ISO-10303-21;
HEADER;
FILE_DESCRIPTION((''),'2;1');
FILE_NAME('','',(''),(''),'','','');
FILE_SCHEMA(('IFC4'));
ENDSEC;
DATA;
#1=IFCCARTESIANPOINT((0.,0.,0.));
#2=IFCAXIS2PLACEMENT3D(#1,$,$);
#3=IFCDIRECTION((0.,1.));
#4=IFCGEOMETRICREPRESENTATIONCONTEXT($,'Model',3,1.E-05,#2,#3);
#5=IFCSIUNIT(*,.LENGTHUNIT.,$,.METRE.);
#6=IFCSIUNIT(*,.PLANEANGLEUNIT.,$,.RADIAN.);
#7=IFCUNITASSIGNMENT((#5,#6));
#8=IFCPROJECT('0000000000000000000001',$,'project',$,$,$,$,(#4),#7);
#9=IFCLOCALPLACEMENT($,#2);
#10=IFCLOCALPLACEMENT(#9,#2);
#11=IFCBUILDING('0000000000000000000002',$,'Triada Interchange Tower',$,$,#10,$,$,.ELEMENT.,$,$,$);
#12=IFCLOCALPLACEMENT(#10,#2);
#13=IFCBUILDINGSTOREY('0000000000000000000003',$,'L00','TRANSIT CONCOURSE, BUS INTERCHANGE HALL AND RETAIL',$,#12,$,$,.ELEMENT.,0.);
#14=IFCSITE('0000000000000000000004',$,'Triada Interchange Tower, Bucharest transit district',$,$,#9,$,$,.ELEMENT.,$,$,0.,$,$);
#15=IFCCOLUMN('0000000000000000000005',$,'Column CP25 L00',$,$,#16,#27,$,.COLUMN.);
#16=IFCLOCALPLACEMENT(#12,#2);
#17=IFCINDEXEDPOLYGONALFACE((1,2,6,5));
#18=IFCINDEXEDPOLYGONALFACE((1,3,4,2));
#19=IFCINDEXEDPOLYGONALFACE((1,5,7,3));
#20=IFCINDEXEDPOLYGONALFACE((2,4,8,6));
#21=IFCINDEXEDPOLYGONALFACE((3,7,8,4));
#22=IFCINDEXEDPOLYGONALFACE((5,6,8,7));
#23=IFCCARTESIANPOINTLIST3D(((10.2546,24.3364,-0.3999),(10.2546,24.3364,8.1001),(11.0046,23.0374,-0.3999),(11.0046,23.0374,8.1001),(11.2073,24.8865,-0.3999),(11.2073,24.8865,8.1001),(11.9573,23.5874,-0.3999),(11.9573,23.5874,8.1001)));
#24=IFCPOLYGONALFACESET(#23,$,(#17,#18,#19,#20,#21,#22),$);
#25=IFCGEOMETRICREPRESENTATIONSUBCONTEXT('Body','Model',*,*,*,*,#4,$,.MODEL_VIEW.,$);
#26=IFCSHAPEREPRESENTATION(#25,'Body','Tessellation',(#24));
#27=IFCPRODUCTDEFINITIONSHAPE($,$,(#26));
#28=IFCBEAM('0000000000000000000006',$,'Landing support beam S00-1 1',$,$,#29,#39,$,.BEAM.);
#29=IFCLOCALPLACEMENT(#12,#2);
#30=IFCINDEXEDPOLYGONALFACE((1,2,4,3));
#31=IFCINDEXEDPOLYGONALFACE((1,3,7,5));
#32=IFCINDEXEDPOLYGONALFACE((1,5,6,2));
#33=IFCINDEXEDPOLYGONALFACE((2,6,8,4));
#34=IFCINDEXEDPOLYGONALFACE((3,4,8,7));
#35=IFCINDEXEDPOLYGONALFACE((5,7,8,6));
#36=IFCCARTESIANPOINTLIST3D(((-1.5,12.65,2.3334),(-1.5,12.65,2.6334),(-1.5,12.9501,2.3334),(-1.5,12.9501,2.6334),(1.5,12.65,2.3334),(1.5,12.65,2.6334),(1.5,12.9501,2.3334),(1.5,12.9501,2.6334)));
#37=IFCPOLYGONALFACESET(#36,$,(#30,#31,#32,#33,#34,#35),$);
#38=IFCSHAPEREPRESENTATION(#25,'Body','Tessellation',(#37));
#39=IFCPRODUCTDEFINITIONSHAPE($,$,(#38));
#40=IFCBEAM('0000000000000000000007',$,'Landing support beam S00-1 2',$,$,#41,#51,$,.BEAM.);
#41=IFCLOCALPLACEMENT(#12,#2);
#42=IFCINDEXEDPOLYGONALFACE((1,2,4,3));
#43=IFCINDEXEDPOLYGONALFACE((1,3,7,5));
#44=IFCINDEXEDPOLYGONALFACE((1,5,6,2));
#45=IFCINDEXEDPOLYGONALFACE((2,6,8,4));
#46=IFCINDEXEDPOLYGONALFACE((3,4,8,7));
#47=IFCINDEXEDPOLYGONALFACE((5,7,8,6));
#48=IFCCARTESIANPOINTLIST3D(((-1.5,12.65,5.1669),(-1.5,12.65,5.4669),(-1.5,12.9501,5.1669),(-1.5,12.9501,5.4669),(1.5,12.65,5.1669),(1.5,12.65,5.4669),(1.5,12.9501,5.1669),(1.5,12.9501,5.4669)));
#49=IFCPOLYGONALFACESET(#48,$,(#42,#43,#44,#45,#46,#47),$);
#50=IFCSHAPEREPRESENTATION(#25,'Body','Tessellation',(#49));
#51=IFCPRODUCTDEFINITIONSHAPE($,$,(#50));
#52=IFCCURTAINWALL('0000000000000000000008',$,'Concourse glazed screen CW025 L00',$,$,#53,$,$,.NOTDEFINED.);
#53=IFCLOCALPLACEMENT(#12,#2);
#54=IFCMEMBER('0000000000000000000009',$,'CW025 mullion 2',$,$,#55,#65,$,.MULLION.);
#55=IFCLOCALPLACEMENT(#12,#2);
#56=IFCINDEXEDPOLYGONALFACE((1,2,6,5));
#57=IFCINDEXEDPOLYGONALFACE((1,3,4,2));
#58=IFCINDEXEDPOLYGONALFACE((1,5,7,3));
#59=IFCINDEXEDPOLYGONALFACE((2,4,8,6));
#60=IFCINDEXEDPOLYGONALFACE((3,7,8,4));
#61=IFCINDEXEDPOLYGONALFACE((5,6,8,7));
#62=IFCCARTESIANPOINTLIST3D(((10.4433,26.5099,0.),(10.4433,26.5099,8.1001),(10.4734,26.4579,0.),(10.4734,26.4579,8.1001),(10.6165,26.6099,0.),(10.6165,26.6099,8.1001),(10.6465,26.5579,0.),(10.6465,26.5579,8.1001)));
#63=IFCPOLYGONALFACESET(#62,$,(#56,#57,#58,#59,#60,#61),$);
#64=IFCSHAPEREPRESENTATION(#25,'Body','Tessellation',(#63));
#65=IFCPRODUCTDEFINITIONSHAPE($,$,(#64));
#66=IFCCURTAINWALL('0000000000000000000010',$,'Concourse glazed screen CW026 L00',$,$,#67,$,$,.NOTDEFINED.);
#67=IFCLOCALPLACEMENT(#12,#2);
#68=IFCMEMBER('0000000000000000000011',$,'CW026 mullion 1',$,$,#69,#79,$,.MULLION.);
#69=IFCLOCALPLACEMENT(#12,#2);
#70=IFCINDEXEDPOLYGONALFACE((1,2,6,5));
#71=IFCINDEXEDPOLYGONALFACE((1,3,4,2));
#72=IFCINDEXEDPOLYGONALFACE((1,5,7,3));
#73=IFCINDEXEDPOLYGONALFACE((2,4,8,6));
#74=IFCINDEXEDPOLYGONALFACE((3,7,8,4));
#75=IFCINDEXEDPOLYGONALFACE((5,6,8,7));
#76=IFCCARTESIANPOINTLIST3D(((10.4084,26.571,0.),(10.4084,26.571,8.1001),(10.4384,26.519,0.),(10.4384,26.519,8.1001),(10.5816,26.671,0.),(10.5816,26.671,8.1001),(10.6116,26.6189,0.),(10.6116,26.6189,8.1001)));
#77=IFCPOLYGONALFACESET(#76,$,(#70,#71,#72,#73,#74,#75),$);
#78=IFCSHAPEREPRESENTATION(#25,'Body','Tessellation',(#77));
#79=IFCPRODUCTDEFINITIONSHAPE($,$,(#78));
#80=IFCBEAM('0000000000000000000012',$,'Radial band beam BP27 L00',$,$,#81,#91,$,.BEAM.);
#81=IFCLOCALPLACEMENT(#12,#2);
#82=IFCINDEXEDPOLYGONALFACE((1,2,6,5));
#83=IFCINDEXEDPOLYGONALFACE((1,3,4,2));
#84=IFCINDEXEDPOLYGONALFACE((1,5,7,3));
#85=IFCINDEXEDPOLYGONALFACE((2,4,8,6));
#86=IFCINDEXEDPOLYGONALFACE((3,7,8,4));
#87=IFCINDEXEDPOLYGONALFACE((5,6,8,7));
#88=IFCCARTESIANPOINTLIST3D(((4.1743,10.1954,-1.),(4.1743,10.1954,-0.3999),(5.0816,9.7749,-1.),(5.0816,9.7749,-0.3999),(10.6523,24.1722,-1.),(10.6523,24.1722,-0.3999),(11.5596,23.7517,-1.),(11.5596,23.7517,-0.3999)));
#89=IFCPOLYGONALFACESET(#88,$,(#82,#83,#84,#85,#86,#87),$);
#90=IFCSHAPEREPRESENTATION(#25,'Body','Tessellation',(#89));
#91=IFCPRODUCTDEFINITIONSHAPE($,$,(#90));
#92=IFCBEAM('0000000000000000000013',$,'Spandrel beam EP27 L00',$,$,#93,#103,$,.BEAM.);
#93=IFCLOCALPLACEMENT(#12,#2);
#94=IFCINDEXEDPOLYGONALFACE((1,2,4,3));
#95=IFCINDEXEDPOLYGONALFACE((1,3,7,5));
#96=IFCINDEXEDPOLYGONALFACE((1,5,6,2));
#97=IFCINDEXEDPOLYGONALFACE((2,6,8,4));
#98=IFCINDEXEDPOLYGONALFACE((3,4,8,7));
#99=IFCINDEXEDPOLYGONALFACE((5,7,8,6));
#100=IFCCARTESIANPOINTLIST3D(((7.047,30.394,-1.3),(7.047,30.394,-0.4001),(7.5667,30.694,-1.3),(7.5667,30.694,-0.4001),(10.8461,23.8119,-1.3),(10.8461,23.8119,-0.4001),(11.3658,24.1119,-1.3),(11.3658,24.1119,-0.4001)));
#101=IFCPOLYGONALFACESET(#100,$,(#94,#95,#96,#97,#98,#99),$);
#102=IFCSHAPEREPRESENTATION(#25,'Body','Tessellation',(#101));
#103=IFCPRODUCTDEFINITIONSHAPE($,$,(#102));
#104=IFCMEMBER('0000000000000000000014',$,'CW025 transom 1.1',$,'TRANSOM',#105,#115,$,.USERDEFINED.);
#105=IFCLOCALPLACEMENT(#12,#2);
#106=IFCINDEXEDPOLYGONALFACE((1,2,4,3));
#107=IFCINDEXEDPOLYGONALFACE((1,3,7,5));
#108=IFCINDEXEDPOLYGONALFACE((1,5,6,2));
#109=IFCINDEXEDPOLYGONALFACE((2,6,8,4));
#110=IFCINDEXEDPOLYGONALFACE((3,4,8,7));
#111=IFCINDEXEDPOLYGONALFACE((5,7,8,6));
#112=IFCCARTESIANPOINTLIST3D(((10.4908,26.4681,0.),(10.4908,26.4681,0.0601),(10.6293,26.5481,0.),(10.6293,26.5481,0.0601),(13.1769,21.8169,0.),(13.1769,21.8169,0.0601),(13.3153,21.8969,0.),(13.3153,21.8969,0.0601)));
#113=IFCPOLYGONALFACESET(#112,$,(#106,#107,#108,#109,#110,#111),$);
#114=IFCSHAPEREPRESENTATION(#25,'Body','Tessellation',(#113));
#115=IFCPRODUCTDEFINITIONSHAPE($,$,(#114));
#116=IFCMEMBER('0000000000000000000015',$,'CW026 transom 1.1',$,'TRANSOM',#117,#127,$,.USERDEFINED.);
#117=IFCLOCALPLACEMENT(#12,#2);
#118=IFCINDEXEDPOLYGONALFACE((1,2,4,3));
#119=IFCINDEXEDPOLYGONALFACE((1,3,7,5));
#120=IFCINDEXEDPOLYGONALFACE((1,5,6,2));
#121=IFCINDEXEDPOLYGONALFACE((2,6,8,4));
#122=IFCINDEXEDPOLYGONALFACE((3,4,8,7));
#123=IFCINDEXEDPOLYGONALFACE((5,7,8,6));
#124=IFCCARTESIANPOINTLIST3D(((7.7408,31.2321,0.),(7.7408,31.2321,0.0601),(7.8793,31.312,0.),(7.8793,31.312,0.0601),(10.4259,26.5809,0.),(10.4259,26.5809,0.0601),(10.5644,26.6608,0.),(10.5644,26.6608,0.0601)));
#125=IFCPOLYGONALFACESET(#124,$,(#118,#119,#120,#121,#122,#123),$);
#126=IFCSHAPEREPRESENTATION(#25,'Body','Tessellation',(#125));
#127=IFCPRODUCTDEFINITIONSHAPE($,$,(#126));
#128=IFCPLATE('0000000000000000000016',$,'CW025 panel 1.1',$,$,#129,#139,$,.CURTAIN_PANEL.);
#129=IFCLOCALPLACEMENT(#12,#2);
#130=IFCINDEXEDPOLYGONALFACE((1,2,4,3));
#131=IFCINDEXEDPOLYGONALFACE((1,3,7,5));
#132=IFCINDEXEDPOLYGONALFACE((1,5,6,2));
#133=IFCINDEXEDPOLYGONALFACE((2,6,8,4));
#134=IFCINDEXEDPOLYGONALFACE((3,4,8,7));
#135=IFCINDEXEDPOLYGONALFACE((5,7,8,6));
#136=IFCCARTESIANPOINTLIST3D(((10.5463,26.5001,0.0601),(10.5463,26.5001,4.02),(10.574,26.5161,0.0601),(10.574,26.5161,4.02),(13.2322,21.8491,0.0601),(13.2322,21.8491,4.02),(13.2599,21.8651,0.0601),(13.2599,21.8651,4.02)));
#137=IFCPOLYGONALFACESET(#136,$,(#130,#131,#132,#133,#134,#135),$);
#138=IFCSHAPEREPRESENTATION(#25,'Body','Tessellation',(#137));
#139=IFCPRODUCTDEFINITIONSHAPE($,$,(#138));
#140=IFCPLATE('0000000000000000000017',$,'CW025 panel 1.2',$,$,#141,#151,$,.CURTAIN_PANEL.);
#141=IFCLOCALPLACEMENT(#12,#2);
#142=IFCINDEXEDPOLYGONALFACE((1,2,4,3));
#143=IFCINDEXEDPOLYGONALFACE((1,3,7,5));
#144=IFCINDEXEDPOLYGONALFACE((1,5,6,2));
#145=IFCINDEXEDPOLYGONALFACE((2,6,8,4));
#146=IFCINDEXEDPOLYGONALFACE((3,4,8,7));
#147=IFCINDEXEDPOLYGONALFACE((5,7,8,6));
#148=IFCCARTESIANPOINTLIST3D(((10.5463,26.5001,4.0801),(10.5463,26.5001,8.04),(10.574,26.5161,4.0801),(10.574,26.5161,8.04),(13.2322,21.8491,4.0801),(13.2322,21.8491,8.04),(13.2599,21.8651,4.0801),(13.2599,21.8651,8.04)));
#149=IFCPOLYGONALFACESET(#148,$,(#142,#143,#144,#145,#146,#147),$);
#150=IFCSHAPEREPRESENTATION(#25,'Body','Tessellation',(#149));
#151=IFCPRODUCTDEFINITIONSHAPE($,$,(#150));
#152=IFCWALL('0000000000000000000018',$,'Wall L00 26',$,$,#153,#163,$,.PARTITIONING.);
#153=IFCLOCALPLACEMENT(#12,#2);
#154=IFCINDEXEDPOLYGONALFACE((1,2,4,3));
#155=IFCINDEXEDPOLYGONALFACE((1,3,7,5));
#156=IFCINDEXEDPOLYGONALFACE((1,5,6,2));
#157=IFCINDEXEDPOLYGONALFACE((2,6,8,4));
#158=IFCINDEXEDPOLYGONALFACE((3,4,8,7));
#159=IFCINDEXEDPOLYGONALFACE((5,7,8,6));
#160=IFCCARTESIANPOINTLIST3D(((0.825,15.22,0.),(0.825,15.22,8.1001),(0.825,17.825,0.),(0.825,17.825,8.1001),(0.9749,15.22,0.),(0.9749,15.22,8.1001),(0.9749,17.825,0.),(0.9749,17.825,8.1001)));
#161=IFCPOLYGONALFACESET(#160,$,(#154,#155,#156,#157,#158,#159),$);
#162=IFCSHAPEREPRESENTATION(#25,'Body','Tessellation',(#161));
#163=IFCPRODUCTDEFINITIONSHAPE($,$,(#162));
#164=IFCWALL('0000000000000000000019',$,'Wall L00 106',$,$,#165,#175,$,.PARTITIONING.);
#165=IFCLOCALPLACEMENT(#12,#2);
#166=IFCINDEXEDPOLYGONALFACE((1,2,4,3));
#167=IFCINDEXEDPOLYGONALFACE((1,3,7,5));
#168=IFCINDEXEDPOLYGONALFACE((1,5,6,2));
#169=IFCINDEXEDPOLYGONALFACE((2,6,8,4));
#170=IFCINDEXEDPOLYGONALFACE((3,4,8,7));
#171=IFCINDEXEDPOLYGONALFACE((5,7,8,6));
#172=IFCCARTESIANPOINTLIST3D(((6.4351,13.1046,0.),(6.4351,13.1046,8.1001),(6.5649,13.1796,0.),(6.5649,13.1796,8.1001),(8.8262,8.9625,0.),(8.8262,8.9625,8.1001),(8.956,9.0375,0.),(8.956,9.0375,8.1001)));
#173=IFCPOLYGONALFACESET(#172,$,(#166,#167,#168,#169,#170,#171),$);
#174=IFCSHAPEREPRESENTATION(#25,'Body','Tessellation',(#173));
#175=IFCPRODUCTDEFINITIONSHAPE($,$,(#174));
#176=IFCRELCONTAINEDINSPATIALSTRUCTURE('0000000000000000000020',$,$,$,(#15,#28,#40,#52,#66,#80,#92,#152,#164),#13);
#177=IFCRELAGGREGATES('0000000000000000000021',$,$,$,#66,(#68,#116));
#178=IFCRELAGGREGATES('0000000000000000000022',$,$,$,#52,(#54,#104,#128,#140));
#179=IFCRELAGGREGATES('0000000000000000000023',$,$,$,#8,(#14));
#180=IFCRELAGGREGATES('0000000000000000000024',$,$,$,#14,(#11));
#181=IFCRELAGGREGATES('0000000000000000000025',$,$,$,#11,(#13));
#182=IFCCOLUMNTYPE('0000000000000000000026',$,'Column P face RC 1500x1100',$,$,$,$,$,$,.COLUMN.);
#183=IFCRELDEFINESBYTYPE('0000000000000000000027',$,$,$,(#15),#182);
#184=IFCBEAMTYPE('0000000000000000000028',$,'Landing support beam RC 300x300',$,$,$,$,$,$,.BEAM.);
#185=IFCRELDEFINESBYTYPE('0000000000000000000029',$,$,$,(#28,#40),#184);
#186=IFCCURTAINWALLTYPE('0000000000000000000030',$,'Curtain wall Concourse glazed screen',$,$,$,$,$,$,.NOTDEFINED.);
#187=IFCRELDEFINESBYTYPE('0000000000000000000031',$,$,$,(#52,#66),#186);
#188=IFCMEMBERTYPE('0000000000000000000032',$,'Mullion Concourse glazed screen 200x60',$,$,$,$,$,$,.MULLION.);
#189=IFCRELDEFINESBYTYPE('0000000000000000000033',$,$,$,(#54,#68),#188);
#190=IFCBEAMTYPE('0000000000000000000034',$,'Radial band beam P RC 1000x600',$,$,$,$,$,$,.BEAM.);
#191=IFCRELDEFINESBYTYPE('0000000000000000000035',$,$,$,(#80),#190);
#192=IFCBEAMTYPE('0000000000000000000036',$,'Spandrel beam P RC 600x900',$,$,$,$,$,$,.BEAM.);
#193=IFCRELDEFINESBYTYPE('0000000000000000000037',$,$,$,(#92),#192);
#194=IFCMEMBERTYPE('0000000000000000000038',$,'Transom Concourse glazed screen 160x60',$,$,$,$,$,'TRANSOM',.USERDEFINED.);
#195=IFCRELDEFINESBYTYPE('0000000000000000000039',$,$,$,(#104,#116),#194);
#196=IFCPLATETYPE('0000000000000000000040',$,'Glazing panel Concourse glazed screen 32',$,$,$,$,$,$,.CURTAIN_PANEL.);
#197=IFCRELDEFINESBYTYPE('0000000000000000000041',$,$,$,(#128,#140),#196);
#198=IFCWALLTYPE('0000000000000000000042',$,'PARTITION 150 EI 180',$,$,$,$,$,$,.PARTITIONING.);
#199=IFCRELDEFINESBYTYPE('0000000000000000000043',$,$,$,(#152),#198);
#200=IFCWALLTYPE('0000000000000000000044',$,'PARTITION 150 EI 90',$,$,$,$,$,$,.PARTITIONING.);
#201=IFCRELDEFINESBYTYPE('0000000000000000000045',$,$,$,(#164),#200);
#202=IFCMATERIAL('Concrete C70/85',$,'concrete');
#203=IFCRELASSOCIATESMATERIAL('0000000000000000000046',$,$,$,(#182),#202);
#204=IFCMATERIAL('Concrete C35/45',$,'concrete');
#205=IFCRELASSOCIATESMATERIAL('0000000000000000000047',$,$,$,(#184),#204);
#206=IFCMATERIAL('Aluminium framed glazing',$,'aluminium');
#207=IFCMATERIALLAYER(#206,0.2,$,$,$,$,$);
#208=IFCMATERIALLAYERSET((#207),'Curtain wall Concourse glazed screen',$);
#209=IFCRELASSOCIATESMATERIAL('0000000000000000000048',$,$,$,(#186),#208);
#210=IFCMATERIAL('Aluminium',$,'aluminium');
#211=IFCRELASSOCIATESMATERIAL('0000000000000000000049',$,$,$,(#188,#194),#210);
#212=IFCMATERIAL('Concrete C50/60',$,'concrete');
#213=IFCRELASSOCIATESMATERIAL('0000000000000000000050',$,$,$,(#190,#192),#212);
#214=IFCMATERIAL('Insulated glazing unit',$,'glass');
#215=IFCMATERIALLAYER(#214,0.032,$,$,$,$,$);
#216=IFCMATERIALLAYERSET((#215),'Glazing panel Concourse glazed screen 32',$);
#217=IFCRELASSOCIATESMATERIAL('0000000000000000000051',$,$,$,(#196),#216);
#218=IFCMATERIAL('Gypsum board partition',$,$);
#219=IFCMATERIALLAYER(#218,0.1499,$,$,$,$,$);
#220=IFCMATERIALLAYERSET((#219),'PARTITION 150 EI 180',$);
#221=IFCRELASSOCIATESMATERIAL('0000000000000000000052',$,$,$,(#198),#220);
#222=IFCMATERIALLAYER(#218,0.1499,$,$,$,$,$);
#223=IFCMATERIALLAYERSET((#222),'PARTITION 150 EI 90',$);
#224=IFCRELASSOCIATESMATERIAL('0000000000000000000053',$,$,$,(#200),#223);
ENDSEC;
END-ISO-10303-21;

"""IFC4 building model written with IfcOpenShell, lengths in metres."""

from ifc_helpers import new_model, si_unit, direction, frame, frame_2d, origin, origin_2d, place, context, subcontext, project, spatial, rectangle, extrude, material, layer, layer_set, material_profile, profile_set, type_object, element, aggregate, save


model = new_model("IFC4")

# Units and contexts
model_context = context("Model", 3, precision=1e-05, world=origin(), true_north=direction((0.0, 1.0)))
body_context = subcontext(model_context, "Body", "Model", "MODEL_VIEW")
ifc_project = project(units=[si_unit("LENGTHUNIT", "METRE"), si_unit("PLANEANGLEUNIT", "RADIAN")], contexts=[model_context])

# Site, building, storey
site_placement = place(None, origin())
site = spatial("IfcSite", under=ifc_project, at=site_placement, Name="Triada Interchange Tower, Bucharest transit district", CompositionType="ELEMENT", RefElevation=0.0)
building_placement = place(site_placement, origin())
building = spatial("IfcBuilding", under=site, at=building_placement, Name="Triada Interchange Tower", CompositionType="ELEMENT")
storey_placement = place(building_placement, origin())
storey = spatial("IfcBuildingStorey", under=building, at=storey_placement, Name="L00", Description="TRANSIT CONCOURSE, BUS INTERCHANGE HALL AND RETAIL", CompositionType="ELEMENT", Elevation=0.0)

# Column
ifc_material_1 = material(Name="Concrete C70/85", Category="concrete")
ifc_material_profile_1 = material_profile(ifc_material_1, rectangle(XDim=1.5, YDim=1.1001, at=origin_2d()), Name="RC 1500x1100")
ifc_profile_set_1 = profile_set([ifc_material_profile_1], Name="Concrete C70/85")
column_type = type_object("IfcColumnType", Name="Column P face RC 1500x1100", PredefinedType="COLUMN", material=ifc_profile_set_1)
column_placement = place(storey_placement, frame((11.106, 23.9619, -0.3999), z_axis=(0.0, 0.0, 1.0), x_axis=(-0.5, 0.866025, 0.0)))
element("IfcColumn", 1, at=column_placement, inside=storey, type_object=column_type, Name="Column CP25 L00", PredefinedType="COLUMN", context=body_context, shape_type="SweptSolid", body=[
    extrude(rectangle(XDim=1.5, YDim=1.1001, at=origin_2d()), origin(), (0.0, 0.0, 1.0), 8.5),
])

# Beams
ifc_material_2 = material(Name="Concrete C35/45", Category="concrete")
ifc_material_profile_2 = material_profile(ifc_material_2, rectangle(XDim=0.3, YDim=0.3, at=origin_2d()), Name="RC 300x300")
ifc_profile_set_2 = profile_set([ifc_material_profile_2], Name="Concrete C35/45")
beam_type_1 = type_object("IfcBeamType", Name="Landing support beam RC 300x300", PredefinedType="BEAM", material=ifc_profile_set_2)
for number, where, z_axis, x_axis, name in (
    (2, (1.5, 12.8, 2.4834), (-1.0, 0.0, 0.0), (0.0, -1.0, 0.0), "Landing support beam S00-1 1"),
    (3, (1.5, 12.8, 5.3169), (-1.0, 0.0, 0.0), (0.0, -1.0, 0.0), "Landing support beam S00-1 2"),
):
    element("IfcBeam", number, at=place(storey_placement, frame(where, z_axis=z_axis, x_axis=x_axis)), inside=storey, type_object=beam_type_1, Name=name, PredefinedType="BEAM", context=body_context, shape_type="SweptSolid", body=[
        extrude(rectangle(XDim=0.3, YDim=0.3, at=origin_2d()), origin(), (0.0, 0.0, 1.0), 3.0),
    ])

# Curtain walls, members
ifc_material_3 = material(Name="Aluminium framed glazing", Category="aluminium")
ifc_layer_1 = layer(ifc_material_3, 0.2)
ifc_layer_set_1 = layer_set([ifc_layer_1], Name="Curtain wall Concourse glazed screen")
curtain_wall_type = type_object("IfcCurtainWallType", Name="Curtain wall Concourse glazed screen", PredefinedType="NOTDEFINED", material=ifc_layer_set_1)
curtain_wall_1_placement = place(storey_placement, origin())
curtain_wall_1 = element("IfcCurtainWall", 4, at=curtain_wall_1_placement, inside=storey, type_object=curtain_wall_type, Name="Concourse glazed screen CW025 L00", PredefinedType="NOTDEFINED")
ifc_material_4 = material(Name="Aluminium", Category="aluminium")
ifc_material_profile_3 = material_profile(ifc_material_4, rectangle(XDim=0.2, YDim=0.0601, at=origin_2d()), Name="Aluminium mullion")
ifc_profile_set_3 = profile_set([ifc_material_profile_3], Name="Aluminium")
member_type_1 = type_object("IfcMemberType", Name="Mullion Concourse glazed screen 200x60", PredefinedType="MULLION", material=ifc_profile_set_3)
member_1_placement = place(storey_placement, frame((10.5449, 26.5339, 0.0), z_axis=(0.0, 0.0, 1.0), x_axis=(-0.86597, -0.500096, 0.0)))
member_1 = element("IfcMember", 5, at=member_1_placement, type_object=member_type_1, Name="CW025 mullion 2", PredefinedType="MULLION", context=body_context, shape_type="SweptSolid", body=[
    extrude(rectangle(XDim=0.2, YDim=0.0601, at=origin_2d()), origin(), (0.0, 0.0, 1.0), 8.1001),
])
curtain_wall_2_placement = place(storey_placement, origin())
curtain_wall_2 = element("IfcCurtainWall", 6, at=curtain_wall_2_placement, inside=storey, type_object=curtain_wall_type, Name="Concourse glazed screen CW026 L00", PredefinedType="NOTDEFINED")
member_2_placement = place(storey_placement, frame((10.51, 26.595, 0.0), z_axis=(0.0, 0.0, 1.0), x_axis=(-0.866049, -0.499959, 0.0)))
member_2 = element("IfcMember", 7, at=member_2_placement, type_object=member_type_1, Name="CW026 mullion 1", PredefinedType="MULLION", context=body_context, shape_type="SweptSolid", body=[
    extrude(rectangle(XDim=0.2, YDim=0.0601, at=origin_2d()), origin(), (0.0, 0.0, 1.0), 8.1001),
])

# Beams
ifc_material_5 = material(Name="Concrete C50/60", Category="concrete")
ifc_material_profile_4 = material_profile(ifc_material_5, rectangle(XDim=1.0, YDim=0.6001, at=origin_2d()), Name="RC 1000x600")
ifc_profile_set_4 = profile_set([ifc_material_profile_4], Name="Concrete C50/60")
beam_type_2 = type_object("IfcBeamType", Name="Radial band beam P RC 1000x600", PredefinedType="BEAM", material=ifc_profile_set_4)
beam_1_placement = place(storey_placement, frame((11.106, 23.9619, -0.7), z_axis=(-0.420513, -0.907287, 0.0), x_axis=(0.907287, -0.420513, 0.0)))
element("IfcBeam", 8, at=beam_1_placement, inside=storey, type_object=beam_type_2, Name="Radial band beam BP27 L00", PredefinedType="BEAM", context=body_context, shape_type="SweptSolid", body=[
    extrude(rectangle(XDim=1.0, YDim=0.6001, at=origin_2d()), origin(), (0.0, 0.0, 1.0), 15.405),
])
ifc_material_profile_5 = material_profile(ifc_material_5, rectangle(XDim=0.6001, YDim=0.8999, at=origin_2d()), Name="RC 600x900")
ifc_profile_set_5 = profile_set([ifc_material_profile_5], Name="Concrete C50/60")
beam_type_3 = type_object("IfcBeamType", Name="Spandrel beam P RC 600x900", PredefinedType="BEAM", material=ifc_profile_set_5)
beam_2_placement = place(storey_placement, frame((11.106, 23.9619, -0.8501), z_axis=(-0.499895, 0.866086, 0.0), x_axis=(-0.866086, -0.499895, 0.0)))
element("IfcBeam", 9, at=beam_2_placement, inside=storey, type_object=beam_type_3, Name="Spandrel beam EP27 L00", PredefinedType="BEAM", context=body_context, shape_type="SweptSolid", body=[
    extrude(rectangle(XDim=0.6001, YDim=0.8999, at=origin_2d()), origin(), (0.0, 0.0, 1.0), 7.5999),
])

# Members
ifc_material_profile_6 = material_profile(ifc_material_4, rectangle(XDim=0.1599, YDim=0.0601, at=origin_2d()), Name="Aluminium transom")
ifc_profile_set_6 = profile_set([ifc_material_profile_6], Name="Aluminium")
member_type_2 = type_object("IfcMemberType", Name="Transom Concourse glazed screen 160x60", ElementType="TRANSOM", PredefinedType="USERDEFINED", material=ifc_profile_set_6)
member_3_placement = place(storey_placement, frame((13.2461, 21.8569, 0.03), z_axis=(-0.500099, 0.865968, 0.0), x_axis=(-0.865968, -0.500099, 0.0)))
member_3 = element("IfcMember", 10, at=member_3_placement, type_object=member_type_2, Name="CW025 transom 1.1", ObjectType="TRANSOM", PredefinedType="USERDEFINED", context=body_context, shape_type="SweptSolid", body=[
    extrude(rectangle(XDim=0.1599, YDim=0.0601, at=origin_2d()), origin(), (0.0, 0.0, 1.0), 5.3711),
])
member_4_placement = place(storey_placement, frame((10.4951, 26.6208, 0.03), z_axis=(-0.499962, 0.866047, 0.0), x_axis=(-0.866047, -0.499962, 0.0)))
member_4 = element("IfcMember", 11, at=member_4_placement, type_object=member_type_2, Name="CW026 transom 1.1", ObjectType="TRANSOM", PredefinedType="USERDEFINED", context=body_context, shape_type="SweptSolid", body=[
    extrude(rectangle(XDim=0.1599, YDim=0.0601, at=origin_2d()), origin(), (0.0, 0.0, 1.0), 5.3706),
])
aggregate(curtain_wall_2, [member_2, member_4])

# Plates
ifc_material_6 = material(Name="Insulated glazing unit", Category="glass")
ifc_layer_2 = layer(ifc_material_6, 0.032)
ifc_layer_set_2 = layer_set([ifc_layer_2], Name="Glazing panel Concourse glazed screen 32")
plate_type = type_object("IfcPlateType", Name="Glazing panel Concourse glazed screen 32", PredefinedType="CURTAIN_PANEL", material=ifc_layer_set_2)
plate_1_placement = place(storey_placement, frame((11.9031, 24.1826, 0.0601), z_axis=(0.0, 0.0, 1.0), x_axis=(-0.500096, 0.86597, 0.0)))
plate_1 = element("IfcPlate", 12, at=plate_1_placement, type_object=plate_type, Name="CW025 panel 1.1", PredefinedType="CURTAIN_PANEL", context=body_context, shape_type="SweptSolid", body=[
    extrude(rectangle(XDim=5.3708, YDim=0.032, at=origin_2d()), origin(), (0.0, 0.0, 1.0), 3.96),
])
plate_2_placement = place(storey_placement, frame((11.9031, 24.1826, 4.0801), z_axis=(0.0, 0.0, 1.0), x_axis=(-0.500096, 0.86597, 0.0)))
plate_2 = element("IfcPlate", 13, at=plate_2_placement, type_object=plate_type, Name="CW025 panel 1.2", PredefinedType="CURTAIN_PANEL", context=body_context, shape_type="SweptSolid", body=[
    extrude(rectangle(XDim=5.3708, YDim=0.032, at=origin_2d()), origin(), (0.0, 0.0, 1.0), 3.96),
])
aggregate(curtain_wall_1, [member_1, member_3, plate_1, plate_2])

# Walls
ifc_material_7 = material(Name="Gypsum board partition")
ifc_layer_3 = layer(ifc_material_7, 0.1499)
ifc_layer_set_3 = layer_set([ifc_layer_3], Name="PARTITION 150 EI 180")
wall_type_1 = type_object("IfcWallType", Name="PARTITION 150 EI 180", PredefinedType="PARTITIONING", material=ifc_layer_set_3)
wall_1_placement = place(storey_placement, frame((0.8999, 15.22, 0.0), z_axis=(0.0, 0.0, 1.0), x_axis=(0.0, 1.0, 0.0)))
element("IfcWall", 14, at=wall_1_placement, inside=storey, type_object=wall_type_1, Name="Wall L00 26", PredefinedType="PARTITIONING", context=body_context, shape_type="SweptSolid", body=[
    extrude(rectangle(XDim=2.605, YDim=0.1499, at=frame_2d((1.3025, 0.0))), origin(), (0.0, 0.0, 1.0), 8.1001),
])
ifc_layer_4 = layer(ifc_material_7, 0.1499)
ifc_layer_set_4 = layer_set([ifc_layer_4], Name="PARTITION 150 EI 90")
wall_type_2 = type_object("IfcWallType", Name="PARTITION 150 EI 90", PredefinedType="PARTITIONING", material=ifc_layer_set_4)
wall_2_placement = place(storey_placement, frame((6.5, 13.1421, 0.0), z_axis=(0.0, 0.0, 1.0), x_axis=(0.499949, -0.866055, 0.0)))
element("IfcWall", 15, at=wall_2_placement, inside=storey, type_object=wall_type_2, Name="Wall L00 106", PredefinedType="PARTITIONING", context=body_context, shape_type="SweptSolid", body=[
    extrude(rectangle(XDim=4.7827, YDim=0.1499, at=frame_2d((2.3914, 0.0))), origin(), (0.0, 0.0, 1.0), 8.1001),
])

save(model, "model.ifc")
